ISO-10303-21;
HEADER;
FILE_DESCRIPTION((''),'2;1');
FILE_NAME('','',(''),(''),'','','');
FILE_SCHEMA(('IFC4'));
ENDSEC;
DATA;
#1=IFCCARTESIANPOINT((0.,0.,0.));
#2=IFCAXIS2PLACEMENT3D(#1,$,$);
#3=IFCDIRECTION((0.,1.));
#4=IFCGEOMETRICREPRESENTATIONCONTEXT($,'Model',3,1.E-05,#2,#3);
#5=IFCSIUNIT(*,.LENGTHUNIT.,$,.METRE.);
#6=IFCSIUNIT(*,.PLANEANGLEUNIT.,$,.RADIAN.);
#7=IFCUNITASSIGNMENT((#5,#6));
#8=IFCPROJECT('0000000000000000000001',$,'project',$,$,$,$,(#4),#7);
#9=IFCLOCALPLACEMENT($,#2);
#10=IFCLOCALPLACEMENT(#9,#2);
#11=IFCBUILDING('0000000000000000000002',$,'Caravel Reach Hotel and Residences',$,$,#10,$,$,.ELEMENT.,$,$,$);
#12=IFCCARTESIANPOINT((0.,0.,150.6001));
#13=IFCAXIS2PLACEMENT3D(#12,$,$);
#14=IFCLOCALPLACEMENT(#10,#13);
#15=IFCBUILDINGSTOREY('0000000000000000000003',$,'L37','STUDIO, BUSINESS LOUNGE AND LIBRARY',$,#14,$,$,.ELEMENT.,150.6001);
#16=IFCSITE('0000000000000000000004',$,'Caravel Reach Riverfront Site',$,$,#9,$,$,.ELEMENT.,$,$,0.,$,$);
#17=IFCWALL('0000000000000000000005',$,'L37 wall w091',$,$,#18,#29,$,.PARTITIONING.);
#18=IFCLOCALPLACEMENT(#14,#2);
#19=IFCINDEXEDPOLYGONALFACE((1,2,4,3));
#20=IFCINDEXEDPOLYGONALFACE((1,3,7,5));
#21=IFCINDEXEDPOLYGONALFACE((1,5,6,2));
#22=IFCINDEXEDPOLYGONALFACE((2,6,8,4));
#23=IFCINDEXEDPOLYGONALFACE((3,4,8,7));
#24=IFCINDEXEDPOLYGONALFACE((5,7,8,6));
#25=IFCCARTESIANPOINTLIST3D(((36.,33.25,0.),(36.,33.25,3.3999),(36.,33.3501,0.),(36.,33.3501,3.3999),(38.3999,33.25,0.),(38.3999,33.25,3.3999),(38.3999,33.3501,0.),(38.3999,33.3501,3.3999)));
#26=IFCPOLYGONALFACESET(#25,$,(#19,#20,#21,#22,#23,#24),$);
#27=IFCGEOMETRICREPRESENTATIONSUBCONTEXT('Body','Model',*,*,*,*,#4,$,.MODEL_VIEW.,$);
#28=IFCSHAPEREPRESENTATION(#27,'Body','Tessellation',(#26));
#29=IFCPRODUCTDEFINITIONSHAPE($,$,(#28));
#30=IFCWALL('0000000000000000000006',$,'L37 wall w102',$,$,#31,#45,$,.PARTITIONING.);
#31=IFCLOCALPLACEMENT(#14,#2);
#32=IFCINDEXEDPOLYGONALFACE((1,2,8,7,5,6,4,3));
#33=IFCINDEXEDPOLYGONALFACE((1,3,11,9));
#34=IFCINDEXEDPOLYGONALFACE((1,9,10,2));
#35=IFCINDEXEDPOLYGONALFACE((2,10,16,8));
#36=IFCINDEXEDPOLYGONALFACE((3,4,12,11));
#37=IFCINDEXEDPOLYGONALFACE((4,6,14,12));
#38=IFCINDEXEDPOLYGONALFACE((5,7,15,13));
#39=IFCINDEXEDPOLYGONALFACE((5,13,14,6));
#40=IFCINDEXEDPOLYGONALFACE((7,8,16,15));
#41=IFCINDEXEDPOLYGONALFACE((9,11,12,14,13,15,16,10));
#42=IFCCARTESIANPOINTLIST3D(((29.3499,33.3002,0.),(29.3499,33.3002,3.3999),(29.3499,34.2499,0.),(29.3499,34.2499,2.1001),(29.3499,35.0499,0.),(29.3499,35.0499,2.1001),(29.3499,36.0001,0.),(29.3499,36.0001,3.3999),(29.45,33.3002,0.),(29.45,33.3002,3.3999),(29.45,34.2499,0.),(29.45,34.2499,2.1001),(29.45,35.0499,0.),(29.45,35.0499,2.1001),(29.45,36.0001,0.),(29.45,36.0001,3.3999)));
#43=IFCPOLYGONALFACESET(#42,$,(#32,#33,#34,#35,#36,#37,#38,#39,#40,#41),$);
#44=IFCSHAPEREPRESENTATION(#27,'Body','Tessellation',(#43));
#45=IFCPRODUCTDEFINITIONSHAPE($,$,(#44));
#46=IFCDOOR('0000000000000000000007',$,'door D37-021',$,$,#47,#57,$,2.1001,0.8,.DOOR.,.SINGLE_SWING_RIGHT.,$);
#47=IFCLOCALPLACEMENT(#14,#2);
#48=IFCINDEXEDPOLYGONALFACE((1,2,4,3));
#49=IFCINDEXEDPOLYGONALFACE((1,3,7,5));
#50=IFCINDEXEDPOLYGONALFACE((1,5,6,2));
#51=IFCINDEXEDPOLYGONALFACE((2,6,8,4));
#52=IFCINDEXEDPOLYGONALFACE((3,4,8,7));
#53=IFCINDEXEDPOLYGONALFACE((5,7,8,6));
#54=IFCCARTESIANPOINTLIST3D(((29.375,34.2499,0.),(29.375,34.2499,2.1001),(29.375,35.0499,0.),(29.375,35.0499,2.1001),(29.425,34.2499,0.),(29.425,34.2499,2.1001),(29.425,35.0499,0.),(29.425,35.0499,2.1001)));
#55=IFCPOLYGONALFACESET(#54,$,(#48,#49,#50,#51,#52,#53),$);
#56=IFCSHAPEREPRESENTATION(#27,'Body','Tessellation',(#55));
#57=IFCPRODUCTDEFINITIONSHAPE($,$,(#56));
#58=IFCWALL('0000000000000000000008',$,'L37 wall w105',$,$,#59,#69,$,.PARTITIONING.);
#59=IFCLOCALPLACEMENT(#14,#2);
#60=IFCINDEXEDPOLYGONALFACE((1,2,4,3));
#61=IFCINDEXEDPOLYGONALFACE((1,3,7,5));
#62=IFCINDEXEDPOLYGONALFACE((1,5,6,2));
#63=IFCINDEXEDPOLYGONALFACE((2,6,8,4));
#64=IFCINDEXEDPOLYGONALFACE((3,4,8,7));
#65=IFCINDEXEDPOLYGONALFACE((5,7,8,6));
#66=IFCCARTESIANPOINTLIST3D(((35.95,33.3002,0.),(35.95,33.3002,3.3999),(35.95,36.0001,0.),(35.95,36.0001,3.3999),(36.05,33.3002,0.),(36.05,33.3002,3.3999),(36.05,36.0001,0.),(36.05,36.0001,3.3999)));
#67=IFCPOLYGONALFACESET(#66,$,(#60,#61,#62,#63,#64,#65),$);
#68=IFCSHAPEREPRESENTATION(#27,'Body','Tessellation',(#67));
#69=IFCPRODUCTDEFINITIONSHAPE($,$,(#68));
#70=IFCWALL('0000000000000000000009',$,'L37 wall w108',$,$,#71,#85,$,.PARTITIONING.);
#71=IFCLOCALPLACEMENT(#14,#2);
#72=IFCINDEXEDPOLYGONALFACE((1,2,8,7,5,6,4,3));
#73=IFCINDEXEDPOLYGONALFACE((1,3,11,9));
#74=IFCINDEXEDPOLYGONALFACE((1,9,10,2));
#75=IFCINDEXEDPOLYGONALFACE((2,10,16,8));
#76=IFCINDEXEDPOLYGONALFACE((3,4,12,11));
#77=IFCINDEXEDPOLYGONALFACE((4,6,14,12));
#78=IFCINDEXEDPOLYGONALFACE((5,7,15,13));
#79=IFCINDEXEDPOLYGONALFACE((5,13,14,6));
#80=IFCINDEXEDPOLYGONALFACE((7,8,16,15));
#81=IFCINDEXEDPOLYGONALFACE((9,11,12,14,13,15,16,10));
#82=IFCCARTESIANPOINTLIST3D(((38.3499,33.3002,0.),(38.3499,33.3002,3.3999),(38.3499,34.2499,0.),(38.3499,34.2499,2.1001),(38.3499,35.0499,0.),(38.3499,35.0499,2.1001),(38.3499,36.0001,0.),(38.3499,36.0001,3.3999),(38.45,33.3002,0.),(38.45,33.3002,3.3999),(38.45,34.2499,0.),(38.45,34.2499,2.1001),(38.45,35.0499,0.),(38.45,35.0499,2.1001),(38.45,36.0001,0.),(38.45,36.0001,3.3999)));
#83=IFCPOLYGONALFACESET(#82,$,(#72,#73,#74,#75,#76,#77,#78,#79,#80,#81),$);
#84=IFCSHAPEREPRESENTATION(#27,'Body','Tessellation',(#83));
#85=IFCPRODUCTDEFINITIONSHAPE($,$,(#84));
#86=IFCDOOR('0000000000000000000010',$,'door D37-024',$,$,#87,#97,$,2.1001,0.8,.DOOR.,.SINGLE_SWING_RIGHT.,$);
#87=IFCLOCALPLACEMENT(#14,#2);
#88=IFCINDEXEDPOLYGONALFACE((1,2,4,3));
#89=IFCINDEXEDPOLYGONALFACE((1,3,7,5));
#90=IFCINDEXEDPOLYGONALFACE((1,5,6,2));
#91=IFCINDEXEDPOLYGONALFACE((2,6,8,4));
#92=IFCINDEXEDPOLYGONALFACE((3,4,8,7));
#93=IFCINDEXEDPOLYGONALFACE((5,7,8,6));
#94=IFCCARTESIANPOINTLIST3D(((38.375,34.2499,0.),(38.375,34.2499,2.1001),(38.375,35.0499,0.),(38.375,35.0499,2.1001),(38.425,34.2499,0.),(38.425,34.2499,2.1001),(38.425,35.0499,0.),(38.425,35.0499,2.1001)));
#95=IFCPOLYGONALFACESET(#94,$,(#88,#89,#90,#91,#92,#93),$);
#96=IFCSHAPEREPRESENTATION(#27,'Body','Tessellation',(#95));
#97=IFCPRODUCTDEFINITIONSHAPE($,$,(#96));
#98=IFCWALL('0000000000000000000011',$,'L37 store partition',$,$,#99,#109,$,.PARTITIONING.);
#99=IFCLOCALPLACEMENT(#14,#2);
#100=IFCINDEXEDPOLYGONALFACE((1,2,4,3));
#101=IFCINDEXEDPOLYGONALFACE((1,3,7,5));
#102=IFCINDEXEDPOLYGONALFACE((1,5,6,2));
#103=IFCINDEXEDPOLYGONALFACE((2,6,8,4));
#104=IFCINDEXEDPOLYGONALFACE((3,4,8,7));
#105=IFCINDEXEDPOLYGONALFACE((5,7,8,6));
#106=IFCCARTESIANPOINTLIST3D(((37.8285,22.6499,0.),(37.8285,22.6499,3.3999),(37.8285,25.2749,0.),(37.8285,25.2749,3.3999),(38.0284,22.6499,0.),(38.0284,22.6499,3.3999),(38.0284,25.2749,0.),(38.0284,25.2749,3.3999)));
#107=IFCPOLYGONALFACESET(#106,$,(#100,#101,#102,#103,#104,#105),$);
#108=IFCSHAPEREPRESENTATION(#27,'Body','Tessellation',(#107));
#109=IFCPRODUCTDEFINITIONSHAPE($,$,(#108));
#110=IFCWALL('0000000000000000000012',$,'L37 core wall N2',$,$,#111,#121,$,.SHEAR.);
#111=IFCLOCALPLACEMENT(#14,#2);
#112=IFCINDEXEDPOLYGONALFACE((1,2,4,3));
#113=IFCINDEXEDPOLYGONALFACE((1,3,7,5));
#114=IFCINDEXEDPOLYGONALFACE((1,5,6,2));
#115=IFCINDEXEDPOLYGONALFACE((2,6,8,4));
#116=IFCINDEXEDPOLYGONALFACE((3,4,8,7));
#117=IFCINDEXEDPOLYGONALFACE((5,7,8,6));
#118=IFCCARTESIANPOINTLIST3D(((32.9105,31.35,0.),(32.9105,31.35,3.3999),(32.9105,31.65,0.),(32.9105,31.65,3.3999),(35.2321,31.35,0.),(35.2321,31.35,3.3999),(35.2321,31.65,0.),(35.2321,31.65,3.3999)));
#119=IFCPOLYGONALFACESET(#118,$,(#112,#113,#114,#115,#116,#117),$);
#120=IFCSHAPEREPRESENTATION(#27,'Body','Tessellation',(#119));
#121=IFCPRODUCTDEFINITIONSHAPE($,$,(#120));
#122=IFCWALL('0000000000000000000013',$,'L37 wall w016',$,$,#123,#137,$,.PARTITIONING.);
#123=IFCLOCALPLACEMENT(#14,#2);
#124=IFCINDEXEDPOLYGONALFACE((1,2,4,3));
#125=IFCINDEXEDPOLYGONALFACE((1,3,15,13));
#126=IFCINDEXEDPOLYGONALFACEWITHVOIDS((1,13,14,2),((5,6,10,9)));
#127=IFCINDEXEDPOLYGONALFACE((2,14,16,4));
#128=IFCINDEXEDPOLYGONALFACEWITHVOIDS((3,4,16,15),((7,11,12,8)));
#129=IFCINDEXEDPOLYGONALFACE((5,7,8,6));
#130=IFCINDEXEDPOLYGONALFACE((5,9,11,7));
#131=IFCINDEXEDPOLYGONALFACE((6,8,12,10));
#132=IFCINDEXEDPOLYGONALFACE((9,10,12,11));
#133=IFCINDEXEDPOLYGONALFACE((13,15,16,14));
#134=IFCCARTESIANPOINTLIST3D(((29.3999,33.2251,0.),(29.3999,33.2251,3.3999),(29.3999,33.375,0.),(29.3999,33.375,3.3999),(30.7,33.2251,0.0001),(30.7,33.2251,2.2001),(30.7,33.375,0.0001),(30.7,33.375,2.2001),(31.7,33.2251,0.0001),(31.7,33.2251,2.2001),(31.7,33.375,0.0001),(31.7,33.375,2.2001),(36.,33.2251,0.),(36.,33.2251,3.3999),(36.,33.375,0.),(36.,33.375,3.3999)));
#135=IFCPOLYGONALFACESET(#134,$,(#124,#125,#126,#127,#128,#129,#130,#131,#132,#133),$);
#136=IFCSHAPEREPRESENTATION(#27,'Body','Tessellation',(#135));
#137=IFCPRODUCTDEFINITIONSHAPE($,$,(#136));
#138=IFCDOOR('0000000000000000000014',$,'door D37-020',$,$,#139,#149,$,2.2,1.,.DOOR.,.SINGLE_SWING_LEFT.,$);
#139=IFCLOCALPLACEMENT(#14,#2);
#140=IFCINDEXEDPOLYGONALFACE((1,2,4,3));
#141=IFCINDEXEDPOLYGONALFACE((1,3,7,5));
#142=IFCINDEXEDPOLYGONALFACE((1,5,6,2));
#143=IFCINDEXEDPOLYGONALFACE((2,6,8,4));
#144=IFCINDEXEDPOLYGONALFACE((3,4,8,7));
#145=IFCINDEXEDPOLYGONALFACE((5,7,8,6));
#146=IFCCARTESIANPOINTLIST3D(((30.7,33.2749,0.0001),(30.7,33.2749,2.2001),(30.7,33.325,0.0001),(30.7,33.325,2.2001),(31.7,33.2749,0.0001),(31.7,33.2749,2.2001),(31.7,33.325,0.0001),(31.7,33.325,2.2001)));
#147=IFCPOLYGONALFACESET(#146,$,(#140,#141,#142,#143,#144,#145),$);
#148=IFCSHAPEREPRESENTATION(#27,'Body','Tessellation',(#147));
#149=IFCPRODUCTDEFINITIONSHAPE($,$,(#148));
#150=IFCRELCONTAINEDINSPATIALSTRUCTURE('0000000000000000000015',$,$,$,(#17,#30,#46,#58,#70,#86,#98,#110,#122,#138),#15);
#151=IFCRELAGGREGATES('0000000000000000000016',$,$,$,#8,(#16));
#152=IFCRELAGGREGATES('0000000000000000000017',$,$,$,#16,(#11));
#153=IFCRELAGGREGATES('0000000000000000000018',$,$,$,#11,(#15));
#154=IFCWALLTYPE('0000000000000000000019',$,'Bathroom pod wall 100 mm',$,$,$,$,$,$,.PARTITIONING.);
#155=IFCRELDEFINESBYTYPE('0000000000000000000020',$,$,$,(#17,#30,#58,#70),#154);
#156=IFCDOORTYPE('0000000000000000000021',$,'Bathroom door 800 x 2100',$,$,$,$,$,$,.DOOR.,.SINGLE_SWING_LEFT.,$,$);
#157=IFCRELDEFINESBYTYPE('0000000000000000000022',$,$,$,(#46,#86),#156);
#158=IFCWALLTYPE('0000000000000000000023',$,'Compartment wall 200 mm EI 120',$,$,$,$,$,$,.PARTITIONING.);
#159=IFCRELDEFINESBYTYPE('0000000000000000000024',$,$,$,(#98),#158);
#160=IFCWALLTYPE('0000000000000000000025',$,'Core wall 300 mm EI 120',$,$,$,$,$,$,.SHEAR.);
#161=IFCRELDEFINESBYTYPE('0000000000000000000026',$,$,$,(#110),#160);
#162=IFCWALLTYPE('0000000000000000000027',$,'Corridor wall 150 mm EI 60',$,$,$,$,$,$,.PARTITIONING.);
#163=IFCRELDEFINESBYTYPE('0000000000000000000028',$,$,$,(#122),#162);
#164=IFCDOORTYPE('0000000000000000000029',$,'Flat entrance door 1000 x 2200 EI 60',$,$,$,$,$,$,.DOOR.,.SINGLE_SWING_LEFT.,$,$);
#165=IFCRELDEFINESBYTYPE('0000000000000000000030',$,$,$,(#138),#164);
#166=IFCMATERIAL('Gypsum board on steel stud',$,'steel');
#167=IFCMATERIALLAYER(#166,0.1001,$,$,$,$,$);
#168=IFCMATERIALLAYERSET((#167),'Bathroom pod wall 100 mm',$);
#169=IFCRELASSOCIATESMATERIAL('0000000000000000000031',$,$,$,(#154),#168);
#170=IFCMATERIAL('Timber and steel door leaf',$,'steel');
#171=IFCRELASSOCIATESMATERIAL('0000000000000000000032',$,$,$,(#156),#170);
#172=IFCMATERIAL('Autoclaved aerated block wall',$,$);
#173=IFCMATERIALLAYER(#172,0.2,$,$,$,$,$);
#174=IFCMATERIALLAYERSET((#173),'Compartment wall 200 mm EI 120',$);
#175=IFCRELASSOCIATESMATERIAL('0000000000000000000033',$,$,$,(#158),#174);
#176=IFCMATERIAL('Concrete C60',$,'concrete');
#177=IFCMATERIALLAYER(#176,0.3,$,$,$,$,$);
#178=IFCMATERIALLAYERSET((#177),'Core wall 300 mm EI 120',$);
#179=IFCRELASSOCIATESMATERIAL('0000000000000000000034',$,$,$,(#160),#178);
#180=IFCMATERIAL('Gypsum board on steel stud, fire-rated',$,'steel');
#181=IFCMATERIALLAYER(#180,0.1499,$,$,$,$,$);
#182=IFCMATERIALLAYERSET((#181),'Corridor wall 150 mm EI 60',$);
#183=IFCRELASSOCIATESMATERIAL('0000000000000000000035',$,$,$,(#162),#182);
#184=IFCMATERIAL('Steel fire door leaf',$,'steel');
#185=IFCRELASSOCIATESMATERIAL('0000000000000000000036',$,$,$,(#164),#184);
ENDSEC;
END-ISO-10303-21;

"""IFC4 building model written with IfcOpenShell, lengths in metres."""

from ifc_helpers import new_model, si_unit, direction, frame, frame_2d, origin, place, context, subcontext, project, spatial, rectangle, extrude, material, layer, layer_set, type_object, element, fill, save


model = new_model("IFC4")

# Units and contexts
model_context = context("Model", 3, precision=1e-05, world=origin(), true_north=direction((0.0, 1.0)))
body_context = subcontext(model_context, "Body", "Model", "MODEL_VIEW")
ifc_project = project(units=[si_unit("LENGTHUNIT", "METRE"), si_unit("PLANEANGLEUNIT", "RADIAN")], contexts=[model_context])

# Site, building, storey
site_placement = place(None, origin())
site = spatial("IfcSite", under=ifc_project, at=site_placement, Name="Caravel Reach Riverfront Site", CompositionType="ELEMENT", RefElevation=0.0)
building_placement = place(site_placement, origin())
building = spatial("IfcBuilding", under=site, at=building_placement, Name="Caravel Reach Hotel and Residences", CompositionType="ELEMENT")
storey_placement = place(building_placement, frame((0.0, 0.0, 150.6001)))
storey = spatial("IfcBuildingStorey", under=building, at=storey_placement, Name="L37", Description="STUDIO, BUSINESS LOUNGE AND LIBRARY", CompositionType="ELEMENT", Elevation=150.6001)

# Wall
ifc_material_1 = material(Name="Gypsum board on steel stud", Category="steel")
ifc_layer_1 = layer(ifc_material_1, 0.1001)
ifc_layer_set_1 = layer_set([ifc_layer_1], Name="Bathroom pod wall 100 mm")
wall_type_1 = type_object("IfcWallType", Name="Bathroom pod wall 100 mm", PredefinedType="PARTITIONING", material=ifc_layer_set_1)
wall_1_placement = place(storey_placement, frame((36.0, 33.3, 0.0), z_axis=(0.0, 0.0, 1.0), x_axis=(1.0, 0.0, 0.0)))
element("IfcWall", 1, at=wall_1_placement, inside=storey, type_object=wall_type_1, Name="L37 wall w091", PredefinedType="PARTITIONING", context=body_context, shape_type="SweptSolid", body=[
    extrude(rectangle(XDim=2.3999, YDim=0.1001, at=frame_2d((1.2, 0.0))), origin(), (0.0, 0.0, 1.0), 3.3999),
])

# Wall, opening, door
wall_2_placement = place(storey_placement, frame((29.3999, 33.3, 0.0), z_axis=(0.0, 0.0, 1.0), x_axis=(0.0, 1.0, 0.0)))
wall_2 = element("IfcWall", 2, at=wall_2_placement, inside=storey, type_object=wall_type_1, Name="L37 wall w102", PredefinedType="PARTITIONING", context=body_context, shape_type="SweptSolid", body=[
    extrude(rectangle(XDim=2.7, YDim=0.1001, at=frame_2d((1.3501, 0.0))), origin(), (0.0, 0.0, 1.0), 3.3999),
])
opening_1_placement = place(wall_2_placement, frame((0.95, 0.0, 0.0)))
opening_1 = element("IfcOpeningElement", 3, at=opening_1_placement, cuts=wall_2, PredefinedType="OPENING", context=body_context, shape_type="SweptSolid", body=[
    extrude(rectangle(XDim=0.8, YDim=2.1001, at=frame_2d((0.3999, 1.05))), frame((0.0, 0.0601, 0.0), z_axis=(0.0, -1.0, 0.0), x_axis=(1.0, 0.0, 0.0)), (0.0, 0.0, 1.0), 0.1201),
])
ifc_material_2 = material(Name="Timber and steel door leaf", Category="steel")
door_type_1 = type_object("IfcDoorType", Name="Bathroom door 800 x 2100", OperationType="SINGLE_SWING_LEFT", PredefinedType="DOOR", material=ifc_material_2)
door_1_placement = place(opening_1_placement, origin())
door_1 = element("IfcDoor", 4, at=door_1_placement, inside=storey, type_object=door_type_1, Name="door D37-021", OperationType="SINGLE_SWING_RIGHT", OverallHeight=2.1001, OverallWidth=0.8, PredefinedType="DOOR", context=body_context, shape_type="SweptSolid", body=[
    extrude(rectangle(XDim=0.8, YDim=2.1001, at=frame_2d((0.3999, 1.05))), frame((0.0, 0.0249, 0.0), z_axis=(0.0, -1.0, 0.0), x_axis=(1.0, 0.0, 0.0)), (0.0, 0.0, 1.0), 0.05),
])
fill(opening_1, door_1)

# Wall
wall_3_placement = place(storey_placement, frame((36.0, 33.3, 0.0), z_axis=(0.0, 0.0, 1.0), x_axis=(0.0, 1.0, 0.0)))
element("IfcWall", 5, at=wall_3_placement, inside=storey, type_object=wall_type_1, Name="L37 wall w105", PredefinedType="PARTITIONING", context=body_context, shape_type="SweptSolid", body=[
    extrude(rectangle(XDim=2.7, YDim=0.1001, at=frame_2d((1.3501, 0.0))), origin(), (0.0, 0.0, 1.0), 3.3999),
])

# Wall, opening, door
wall_4_placement = place(storey_placement, frame((38.3999, 33.3, 0.0), z_axis=(0.0, 0.0, 1.0), x_axis=(0.0, 1.0, 0.0)))
wall_4 = element("IfcWall", 6, at=wall_4_placement, inside=storey, type_object=wall_type_1, Name="L37 wall w108", PredefinedType="PARTITIONING", context=body_context, shape_type="SweptSolid", body=[
    extrude(rectangle(XDim=2.7, YDim=0.1001, at=frame_2d((1.3501, 0.0))), origin(), (0.0, 0.0, 1.0), 3.3999),
])
opening_2_placement = place(wall_4_placement, frame((0.95, 0.0, 0.0)))
opening_2 = element("IfcOpeningElement", 7, at=opening_2_placement, cuts=wall_4, PredefinedType="OPENING", context=body_context, shape_type="SweptSolid", body=[
    extrude(rectangle(XDim=0.8, YDim=2.1001, at=frame_2d((0.3999, 1.05))), frame((0.0, 0.0601, 0.0), z_axis=(0.0, -1.0, 0.0), x_axis=(1.0, 0.0, 0.0)), (0.0, 0.0, 1.0), 0.1201),
])
door_2_placement = place(opening_2_placement, origin())
door_2 = element("IfcDoor", 8, at=door_2_placement, inside=storey, type_object=door_type_1, Name="door D37-024", OperationType="SINGLE_SWING_RIGHT", OverallHeight=2.1001, OverallWidth=0.8, PredefinedType="DOOR", context=body_context, shape_type="SweptSolid", body=[
    extrude(rectangle(XDim=0.8, YDim=2.1001, at=frame_2d((0.3999, 1.05))), frame((0.0, 0.0249, 0.0), z_axis=(0.0, -1.0, 0.0), x_axis=(1.0, 0.0, 0.0)), (0.0, 0.0, 1.0), 0.05),
])
fill(opening_2, door_2)

# Walls
ifc_material_3 = material(Name="Autoclaved aerated block wall")
ifc_layer_2 = layer(ifc_material_3, 0.2)
ifc_layer_set_2 = layer_set([ifc_layer_2], Name="Compartment wall 200 mm EI 120")
wall_type_2 = type_object("IfcWallType", Name="Compartment wall 200 mm EI 120", PredefinedType="PARTITIONING", material=ifc_layer_set_2)
wall_5_placement = place(storey_placement, frame((37.9285, 22.6499, 0.0), z_axis=(0.0, 0.0, 1.0), x_axis=(0.0, 1.0, 0.0)))
element("IfcWall", 9, at=wall_5_placement, inside=storey, type_object=wall_type_2, Name="L37 store partition", PredefinedType="PARTITIONING", context=body_context, shape_type="SweptSolid", body=[
    extrude(rectangle(XDim=2.625, YDim=0.2, at=frame_2d((1.3125, 0.0))), origin(), (0.0, 0.0, 1.0), 3.3999),
])
ifc_material_4 = material(Name="Concrete C60", Category="concrete")
ifc_layer_3 = layer(ifc_material_4, 0.3)
ifc_layer_set_3 = layer_set([ifc_layer_3], Name="Core wall 300 mm EI 120")
wall_type_3 = type_object("IfcWallType", Name="Core wall 300 mm EI 120", PredefinedType="SHEAR", material=ifc_layer_set_3)
wall_6_placement = place(storey_placement, frame((32.9106, 31.5, 0.0), z_axis=(0.0, 0.0, 1.0), x_axis=(1.0, 0.0, 0.0)))
element("IfcWall", 10, at=wall_6_placement, inside=storey, type_object=wall_type_3, Name="L37 core wall N2", PredefinedType="SHEAR", context=body_context, shape_type="SweptSolid", body=[
    extrude(rectangle(XDim=2.3215, YDim=0.3, at=frame_2d((1.1606, 0.0))), origin(), (0.0, 0.0, 1.0), 3.3999),
])

# Wall, opening, door
ifc_material_5 = material(Name="Gypsum board on steel stud, fire-rated", Category="steel")
ifc_layer_4 = layer(ifc_material_5, 0.1499)
ifc_layer_set_4 = layer_set([ifc_layer_4], Name="Corridor wall 150 mm EI 60")
wall_type_4 = type_object("IfcWallType", Name="Corridor wall 150 mm EI 60", PredefinedType="PARTITIONING", material=ifc_layer_set_4)
wall_7_placement = place(storey_placement, frame((29.3999, 33.3, 0.0), z_axis=(0.0, 0.0, 1.0), x_axis=(1.0, 0.0, 0.0)))
wall_7 = element("IfcWall", 11, at=wall_7_placement, inside=storey, type_object=wall_type_4, Name="L37 wall w016", PredefinedType="PARTITIONING", context=body_context, shape_type="SweptSolid", body=[
    extrude(rectangle(XDim=6.6001, YDim=0.1499, at=frame_2d((3.3, 0.0))), origin(), (0.0, 0.0, 1.0), 3.3999),
])
opening_3_placement = place(wall_7_placement, frame((1.3, 0.0, 0.0)))
opening_3 = element("IfcOpeningElement", 12, at=opening_3_placement, cuts=wall_7, PredefinedType="OPENING", context=body_context, shape_type="SweptSolid", body=[
    extrude(rectangle(XDim=1.0, YDim=2.2, at=frame_2d((0.5, 1.1001))), frame((0.0, 0.085, 0.0), z_axis=(0.0, -1.0, 0.0), x_axis=(1.0, 0.0, 0.0)), (0.0, 0.0, 1.0), 0.1699),
])
ifc_material_6 = material(Name="Steel fire door leaf", Category="steel")
door_type_2 = type_object("IfcDoorType", Name="Flat entrance door 1000 x 2200 EI 60", OperationType="SINGLE_SWING_LEFT", PredefinedType="DOOR", material=ifc_material_6)
door_3_placement = place(opening_3_placement, origin())
door_3 = element("IfcDoor", 13, at=door_3_placement, inside=storey, type_object=door_type_2, Name="door D37-020", OperationType="SINGLE_SWING_LEFT", OverallHeight=2.2, OverallWidth=1.0, PredefinedType="DOOR", context=body_context, shape_type="SweptSolid", body=[
    extrude(rectangle(XDim=1.0, YDim=2.2, at=frame_2d((0.5, 1.1001))), frame((0.0, 0.0249, 0.0), z_axis=(0.0, -1.0, 0.0), x_axis=(1.0, 0.0, 0.0)), (0.0, 0.0, 1.0), 0.05),
])
fill(opening_3, door_3)

save(model, "model.ifc")
